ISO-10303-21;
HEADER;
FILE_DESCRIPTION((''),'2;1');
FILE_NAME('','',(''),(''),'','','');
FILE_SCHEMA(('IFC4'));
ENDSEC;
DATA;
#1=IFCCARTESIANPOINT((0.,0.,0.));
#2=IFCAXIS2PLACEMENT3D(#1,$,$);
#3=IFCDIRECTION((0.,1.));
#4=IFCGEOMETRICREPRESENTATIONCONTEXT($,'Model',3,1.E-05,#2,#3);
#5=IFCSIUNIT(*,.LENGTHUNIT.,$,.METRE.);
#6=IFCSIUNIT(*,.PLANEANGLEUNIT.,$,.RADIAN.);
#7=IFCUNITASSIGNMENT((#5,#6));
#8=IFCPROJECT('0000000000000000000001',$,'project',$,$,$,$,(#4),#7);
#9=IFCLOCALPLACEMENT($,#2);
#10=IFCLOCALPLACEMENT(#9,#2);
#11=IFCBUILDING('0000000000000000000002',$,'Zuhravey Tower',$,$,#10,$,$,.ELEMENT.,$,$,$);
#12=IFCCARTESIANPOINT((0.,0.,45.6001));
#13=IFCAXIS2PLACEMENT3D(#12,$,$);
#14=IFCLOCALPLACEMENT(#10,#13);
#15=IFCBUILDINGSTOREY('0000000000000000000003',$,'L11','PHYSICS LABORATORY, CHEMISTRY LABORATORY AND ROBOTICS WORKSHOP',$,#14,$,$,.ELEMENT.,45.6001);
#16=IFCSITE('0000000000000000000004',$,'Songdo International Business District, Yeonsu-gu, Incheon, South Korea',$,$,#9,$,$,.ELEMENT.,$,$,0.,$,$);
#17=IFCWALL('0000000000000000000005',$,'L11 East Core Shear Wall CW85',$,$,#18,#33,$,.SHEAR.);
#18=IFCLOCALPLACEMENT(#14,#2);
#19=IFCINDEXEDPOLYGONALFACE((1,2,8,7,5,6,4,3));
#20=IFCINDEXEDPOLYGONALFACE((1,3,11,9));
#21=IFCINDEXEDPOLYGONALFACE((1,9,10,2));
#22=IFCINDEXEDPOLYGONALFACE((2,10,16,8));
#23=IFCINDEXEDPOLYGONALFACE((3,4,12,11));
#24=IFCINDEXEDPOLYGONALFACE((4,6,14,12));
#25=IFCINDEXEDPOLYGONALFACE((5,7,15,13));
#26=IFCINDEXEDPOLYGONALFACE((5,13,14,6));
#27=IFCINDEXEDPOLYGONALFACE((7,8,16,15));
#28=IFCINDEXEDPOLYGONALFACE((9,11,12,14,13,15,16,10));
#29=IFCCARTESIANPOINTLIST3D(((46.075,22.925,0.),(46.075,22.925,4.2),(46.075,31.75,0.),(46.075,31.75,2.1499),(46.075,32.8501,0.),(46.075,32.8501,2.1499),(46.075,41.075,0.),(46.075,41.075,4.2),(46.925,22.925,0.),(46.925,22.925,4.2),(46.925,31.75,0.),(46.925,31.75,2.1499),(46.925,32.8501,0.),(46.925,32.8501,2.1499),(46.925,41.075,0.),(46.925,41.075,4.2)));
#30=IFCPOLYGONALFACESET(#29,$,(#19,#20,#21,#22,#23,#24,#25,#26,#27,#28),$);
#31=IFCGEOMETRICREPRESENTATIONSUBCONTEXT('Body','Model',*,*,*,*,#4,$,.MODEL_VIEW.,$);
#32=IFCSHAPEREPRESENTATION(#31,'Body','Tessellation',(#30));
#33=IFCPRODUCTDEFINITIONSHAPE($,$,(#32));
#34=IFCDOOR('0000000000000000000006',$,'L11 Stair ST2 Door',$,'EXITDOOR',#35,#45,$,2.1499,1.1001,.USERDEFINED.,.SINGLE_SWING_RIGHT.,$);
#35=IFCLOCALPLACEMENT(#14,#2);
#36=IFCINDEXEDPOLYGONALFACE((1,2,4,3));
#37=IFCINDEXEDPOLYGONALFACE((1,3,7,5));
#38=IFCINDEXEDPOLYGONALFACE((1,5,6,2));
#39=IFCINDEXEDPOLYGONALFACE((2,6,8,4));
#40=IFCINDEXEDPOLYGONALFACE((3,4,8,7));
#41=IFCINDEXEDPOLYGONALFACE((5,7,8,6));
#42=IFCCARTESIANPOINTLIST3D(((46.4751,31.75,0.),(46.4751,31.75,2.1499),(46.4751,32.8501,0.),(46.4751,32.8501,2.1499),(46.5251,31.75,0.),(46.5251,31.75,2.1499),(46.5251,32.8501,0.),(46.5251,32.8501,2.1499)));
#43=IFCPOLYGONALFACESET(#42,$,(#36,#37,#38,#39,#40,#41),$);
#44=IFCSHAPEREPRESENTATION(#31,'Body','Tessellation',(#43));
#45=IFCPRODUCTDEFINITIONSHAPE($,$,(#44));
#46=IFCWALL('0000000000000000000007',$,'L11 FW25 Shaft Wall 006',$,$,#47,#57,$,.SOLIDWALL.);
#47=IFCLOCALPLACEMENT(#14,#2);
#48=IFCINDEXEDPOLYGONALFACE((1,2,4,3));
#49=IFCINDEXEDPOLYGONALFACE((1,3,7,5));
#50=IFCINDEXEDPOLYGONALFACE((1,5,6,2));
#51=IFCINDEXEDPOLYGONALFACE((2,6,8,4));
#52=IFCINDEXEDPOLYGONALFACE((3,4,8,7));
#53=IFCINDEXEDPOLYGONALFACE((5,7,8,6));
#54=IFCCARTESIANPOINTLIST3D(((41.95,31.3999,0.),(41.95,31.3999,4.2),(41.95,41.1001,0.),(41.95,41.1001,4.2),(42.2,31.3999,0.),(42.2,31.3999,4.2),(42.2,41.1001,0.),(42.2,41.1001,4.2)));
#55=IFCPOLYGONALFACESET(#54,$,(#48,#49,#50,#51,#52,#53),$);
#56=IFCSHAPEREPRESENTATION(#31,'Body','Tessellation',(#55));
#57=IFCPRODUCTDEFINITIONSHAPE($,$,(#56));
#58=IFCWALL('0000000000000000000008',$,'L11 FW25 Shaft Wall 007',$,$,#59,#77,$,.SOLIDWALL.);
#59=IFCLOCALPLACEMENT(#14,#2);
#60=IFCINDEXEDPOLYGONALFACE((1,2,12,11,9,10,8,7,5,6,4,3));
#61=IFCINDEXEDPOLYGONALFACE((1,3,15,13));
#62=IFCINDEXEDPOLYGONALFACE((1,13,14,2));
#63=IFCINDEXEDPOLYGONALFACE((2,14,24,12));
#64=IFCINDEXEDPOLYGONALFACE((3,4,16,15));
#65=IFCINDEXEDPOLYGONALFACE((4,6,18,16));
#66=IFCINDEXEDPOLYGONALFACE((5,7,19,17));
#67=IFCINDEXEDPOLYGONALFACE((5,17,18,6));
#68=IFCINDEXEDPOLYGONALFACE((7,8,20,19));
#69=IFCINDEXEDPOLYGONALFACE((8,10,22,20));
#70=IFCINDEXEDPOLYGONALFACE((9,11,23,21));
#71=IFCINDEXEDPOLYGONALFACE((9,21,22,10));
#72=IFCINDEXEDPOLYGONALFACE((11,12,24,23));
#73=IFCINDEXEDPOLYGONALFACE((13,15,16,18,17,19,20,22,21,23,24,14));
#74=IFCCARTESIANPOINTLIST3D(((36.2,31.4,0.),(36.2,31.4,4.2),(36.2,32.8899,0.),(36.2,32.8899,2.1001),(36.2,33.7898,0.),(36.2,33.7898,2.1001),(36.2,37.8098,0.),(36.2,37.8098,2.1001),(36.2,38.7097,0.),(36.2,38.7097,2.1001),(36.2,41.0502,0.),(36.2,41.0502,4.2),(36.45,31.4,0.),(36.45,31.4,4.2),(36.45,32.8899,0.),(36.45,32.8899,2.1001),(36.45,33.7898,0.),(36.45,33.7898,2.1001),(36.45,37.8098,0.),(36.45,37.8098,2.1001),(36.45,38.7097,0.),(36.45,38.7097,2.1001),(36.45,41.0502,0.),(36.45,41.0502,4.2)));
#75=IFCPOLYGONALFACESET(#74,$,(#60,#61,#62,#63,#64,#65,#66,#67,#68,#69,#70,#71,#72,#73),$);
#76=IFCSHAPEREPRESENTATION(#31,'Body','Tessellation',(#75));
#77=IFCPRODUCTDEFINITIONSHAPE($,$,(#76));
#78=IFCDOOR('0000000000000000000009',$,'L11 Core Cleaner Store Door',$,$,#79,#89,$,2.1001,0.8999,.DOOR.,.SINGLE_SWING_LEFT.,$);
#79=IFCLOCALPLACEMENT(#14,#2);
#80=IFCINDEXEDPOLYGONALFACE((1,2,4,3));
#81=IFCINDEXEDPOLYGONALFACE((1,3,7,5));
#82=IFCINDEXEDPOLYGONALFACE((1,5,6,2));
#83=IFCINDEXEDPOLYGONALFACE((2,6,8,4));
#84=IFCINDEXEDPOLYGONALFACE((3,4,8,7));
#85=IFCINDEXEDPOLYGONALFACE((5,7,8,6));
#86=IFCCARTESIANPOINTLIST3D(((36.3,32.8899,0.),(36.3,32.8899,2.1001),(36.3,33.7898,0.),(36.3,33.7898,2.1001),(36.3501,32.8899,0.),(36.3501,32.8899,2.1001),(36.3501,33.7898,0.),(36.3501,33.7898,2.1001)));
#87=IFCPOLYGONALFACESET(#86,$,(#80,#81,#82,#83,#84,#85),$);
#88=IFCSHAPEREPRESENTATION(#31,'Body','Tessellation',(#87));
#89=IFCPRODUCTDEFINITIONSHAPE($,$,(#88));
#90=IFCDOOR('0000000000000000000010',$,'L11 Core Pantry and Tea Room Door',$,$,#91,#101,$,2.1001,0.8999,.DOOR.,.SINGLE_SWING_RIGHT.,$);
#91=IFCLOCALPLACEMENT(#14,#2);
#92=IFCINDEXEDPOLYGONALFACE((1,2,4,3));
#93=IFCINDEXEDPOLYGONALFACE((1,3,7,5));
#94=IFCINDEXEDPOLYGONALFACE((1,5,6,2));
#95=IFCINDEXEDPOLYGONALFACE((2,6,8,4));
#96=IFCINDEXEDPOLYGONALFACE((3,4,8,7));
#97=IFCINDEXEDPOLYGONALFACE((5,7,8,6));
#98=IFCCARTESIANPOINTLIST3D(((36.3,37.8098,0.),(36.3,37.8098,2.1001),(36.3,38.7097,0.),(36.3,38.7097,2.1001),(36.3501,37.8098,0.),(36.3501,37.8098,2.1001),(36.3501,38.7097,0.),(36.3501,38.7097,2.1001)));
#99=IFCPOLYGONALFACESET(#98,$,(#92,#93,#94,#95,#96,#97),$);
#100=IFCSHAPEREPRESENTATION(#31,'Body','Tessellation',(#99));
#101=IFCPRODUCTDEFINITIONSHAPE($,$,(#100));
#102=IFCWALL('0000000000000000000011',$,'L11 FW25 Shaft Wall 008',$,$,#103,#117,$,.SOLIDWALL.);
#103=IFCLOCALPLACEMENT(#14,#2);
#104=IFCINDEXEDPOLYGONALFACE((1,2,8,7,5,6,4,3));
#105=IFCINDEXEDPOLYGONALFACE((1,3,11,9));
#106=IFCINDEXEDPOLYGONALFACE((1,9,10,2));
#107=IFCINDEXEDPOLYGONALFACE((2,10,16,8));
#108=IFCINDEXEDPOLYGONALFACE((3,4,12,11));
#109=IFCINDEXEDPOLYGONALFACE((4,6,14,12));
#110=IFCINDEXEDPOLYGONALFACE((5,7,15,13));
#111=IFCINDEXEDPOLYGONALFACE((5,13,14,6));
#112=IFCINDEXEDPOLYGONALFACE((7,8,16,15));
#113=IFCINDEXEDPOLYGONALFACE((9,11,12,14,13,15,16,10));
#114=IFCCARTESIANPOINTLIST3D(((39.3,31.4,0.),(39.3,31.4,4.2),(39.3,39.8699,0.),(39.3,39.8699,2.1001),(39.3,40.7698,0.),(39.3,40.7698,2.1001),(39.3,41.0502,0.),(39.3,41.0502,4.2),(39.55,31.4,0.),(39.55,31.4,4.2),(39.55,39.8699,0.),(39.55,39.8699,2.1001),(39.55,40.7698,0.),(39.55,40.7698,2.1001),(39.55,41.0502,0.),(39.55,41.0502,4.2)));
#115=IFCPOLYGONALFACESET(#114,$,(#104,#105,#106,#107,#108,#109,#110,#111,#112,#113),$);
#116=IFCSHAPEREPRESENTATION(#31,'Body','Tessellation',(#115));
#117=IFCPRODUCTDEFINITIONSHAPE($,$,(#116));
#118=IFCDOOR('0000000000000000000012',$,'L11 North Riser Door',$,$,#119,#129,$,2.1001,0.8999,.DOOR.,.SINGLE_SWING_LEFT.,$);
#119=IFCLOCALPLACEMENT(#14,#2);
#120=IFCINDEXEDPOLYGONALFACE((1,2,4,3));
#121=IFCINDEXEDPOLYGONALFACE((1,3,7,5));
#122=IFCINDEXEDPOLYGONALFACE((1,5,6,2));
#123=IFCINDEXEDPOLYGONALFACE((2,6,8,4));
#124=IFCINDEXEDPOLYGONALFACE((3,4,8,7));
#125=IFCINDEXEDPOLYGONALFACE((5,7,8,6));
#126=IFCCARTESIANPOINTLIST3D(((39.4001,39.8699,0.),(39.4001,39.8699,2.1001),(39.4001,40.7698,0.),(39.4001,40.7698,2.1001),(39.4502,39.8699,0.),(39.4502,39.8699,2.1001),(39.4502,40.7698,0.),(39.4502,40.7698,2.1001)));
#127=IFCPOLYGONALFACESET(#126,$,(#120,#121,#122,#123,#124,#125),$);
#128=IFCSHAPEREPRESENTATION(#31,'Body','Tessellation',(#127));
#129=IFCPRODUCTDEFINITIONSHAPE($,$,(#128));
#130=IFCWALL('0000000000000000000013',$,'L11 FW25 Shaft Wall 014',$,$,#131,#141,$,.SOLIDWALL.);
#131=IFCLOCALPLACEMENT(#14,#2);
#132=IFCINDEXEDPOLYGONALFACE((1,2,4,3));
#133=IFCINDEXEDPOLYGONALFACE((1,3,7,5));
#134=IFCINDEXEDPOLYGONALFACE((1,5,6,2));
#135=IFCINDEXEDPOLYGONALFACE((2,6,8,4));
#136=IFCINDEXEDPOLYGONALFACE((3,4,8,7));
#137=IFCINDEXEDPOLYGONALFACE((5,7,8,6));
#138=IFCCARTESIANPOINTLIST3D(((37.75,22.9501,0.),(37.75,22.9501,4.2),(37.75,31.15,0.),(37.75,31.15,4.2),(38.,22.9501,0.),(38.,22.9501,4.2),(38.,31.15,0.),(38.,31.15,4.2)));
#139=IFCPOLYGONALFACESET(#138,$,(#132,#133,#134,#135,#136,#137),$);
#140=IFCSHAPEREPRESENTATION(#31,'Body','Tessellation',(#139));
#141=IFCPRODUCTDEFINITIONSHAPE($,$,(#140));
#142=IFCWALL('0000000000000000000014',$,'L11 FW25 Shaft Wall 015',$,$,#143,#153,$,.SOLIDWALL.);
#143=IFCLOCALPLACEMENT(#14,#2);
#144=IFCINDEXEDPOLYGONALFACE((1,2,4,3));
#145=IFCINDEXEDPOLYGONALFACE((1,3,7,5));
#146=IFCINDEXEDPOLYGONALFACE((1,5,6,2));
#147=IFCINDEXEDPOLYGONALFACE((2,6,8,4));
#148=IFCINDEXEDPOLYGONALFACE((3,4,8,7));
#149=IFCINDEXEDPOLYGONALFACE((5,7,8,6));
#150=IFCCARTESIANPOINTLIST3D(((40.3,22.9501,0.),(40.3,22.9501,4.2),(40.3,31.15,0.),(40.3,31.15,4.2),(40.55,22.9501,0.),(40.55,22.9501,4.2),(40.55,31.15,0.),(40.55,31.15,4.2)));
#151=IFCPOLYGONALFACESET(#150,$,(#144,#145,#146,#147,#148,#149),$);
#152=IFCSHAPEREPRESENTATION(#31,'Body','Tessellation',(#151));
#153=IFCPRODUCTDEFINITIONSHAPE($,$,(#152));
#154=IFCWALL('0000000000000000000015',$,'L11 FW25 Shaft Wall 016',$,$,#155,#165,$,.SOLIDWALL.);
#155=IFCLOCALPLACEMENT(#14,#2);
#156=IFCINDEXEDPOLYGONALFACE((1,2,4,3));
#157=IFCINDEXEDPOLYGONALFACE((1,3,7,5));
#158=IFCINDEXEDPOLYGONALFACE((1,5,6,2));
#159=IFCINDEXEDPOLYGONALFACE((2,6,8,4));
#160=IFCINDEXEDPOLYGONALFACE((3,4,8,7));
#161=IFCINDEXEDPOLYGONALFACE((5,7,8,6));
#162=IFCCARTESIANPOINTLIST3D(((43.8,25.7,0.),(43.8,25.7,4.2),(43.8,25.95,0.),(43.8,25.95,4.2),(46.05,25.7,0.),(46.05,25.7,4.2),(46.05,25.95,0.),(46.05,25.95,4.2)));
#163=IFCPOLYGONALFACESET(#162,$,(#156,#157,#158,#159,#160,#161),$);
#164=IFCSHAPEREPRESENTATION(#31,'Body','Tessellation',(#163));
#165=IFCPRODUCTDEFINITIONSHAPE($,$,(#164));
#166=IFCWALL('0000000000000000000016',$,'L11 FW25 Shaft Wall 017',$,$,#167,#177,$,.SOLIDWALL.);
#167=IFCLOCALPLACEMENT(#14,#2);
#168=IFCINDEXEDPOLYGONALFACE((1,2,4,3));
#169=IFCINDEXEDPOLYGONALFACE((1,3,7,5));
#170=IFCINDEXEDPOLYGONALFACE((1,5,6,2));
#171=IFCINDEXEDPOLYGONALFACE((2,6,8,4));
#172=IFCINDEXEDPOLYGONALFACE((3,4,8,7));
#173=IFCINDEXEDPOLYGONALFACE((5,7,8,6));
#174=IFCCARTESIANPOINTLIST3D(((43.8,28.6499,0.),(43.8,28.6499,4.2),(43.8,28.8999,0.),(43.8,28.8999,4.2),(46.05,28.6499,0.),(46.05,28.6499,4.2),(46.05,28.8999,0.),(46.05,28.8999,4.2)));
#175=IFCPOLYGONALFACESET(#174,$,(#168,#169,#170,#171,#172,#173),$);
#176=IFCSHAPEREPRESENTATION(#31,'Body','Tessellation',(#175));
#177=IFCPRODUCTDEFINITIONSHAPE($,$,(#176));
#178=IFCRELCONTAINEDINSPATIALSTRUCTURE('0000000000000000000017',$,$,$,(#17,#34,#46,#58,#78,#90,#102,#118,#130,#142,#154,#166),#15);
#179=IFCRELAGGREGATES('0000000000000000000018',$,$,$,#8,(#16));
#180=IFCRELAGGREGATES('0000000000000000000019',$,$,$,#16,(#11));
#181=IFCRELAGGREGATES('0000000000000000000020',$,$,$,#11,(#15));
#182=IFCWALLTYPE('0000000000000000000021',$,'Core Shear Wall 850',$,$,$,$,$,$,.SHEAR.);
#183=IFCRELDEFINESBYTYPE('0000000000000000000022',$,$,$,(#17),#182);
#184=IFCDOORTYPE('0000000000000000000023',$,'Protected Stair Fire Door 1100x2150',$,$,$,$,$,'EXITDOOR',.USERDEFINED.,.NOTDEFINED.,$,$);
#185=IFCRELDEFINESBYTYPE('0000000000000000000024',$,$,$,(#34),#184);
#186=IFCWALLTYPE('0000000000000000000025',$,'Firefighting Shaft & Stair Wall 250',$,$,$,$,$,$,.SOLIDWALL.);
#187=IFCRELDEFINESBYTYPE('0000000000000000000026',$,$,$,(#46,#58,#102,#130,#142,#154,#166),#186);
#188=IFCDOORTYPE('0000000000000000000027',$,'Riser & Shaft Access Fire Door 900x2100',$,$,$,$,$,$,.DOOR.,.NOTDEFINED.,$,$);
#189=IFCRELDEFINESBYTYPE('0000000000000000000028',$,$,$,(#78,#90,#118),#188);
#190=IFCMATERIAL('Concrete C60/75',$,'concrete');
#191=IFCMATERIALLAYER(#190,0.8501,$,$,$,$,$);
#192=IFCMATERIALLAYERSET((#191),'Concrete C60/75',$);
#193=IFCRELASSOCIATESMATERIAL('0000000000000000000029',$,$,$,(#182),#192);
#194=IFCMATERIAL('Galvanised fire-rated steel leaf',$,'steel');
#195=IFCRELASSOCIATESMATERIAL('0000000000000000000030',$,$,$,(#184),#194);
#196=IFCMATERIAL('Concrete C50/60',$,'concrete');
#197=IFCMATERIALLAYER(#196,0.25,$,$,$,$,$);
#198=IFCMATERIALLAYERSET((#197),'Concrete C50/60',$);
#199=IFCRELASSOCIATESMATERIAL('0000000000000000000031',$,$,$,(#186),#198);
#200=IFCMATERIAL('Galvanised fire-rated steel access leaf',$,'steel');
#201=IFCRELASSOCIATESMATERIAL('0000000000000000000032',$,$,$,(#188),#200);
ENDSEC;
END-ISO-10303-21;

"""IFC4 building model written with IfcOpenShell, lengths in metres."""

from ifc_helpers import new_model, si_unit, direction, frame, frame_2d, origin, place, context, subcontext, project, spatial, rectangle, extrude, material, layer, layer_set, type_object, element, fill, save


model = new_model("IFC4")

# Units and contexts
model_context = context("Model", 3, precision=1e-05, world=origin(), true_north=direction((0.0, 1.0)))
body_context = subcontext(model_context, "Body", "Model", "MODEL_VIEW")
ifc_project = project(units=[si_unit("LENGTHUNIT", "METRE"), si_unit("PLANEANGLEUNIT", "RADIAN")], contexts=[model_context])

# Site, building, storey
site_placement = place(None, origin())
site = spatial("IfcSite", under=ifc_project, at=site_placement, Name="Songdo International Business District, Yeonsu-gu, Incheon, South Korea", CompositionType="ELEMENT", RefElevation=0.0)
building_placement = place(site_placement, origin())
building = spatial("IfcBuilding", under=site, at=building_placement, Name="Zuhravey Tower", CompositionType="ELEMENT")
storey_placement = place(building_placement, frame((0.0, 0.0, 45.6001)))
storey = spatial("IfcBuildingStorey", under=building, at=storey_placement, Name="L11", Description="PHYSICS LABORATORY, CHEMISTRY LABORATORY AND ROBOTICS WORKSHOP", CompositionType="ELEMENT", Elevation=45.6001)

# Wall, opening, door
ifc_material_1 = material(Name="Concrete C60/75", Category="concrete")
ifc_layer_1 = layer(ifc_material_1, 0.8501)
ifc_layer_set_1 = layer_set([ifc_layer_1], Name="Concrete C60/75")
wall_type_1 = type_object("IfcWallType", Name="Core Shear Wall 850", PredefinedType="SHEAR", material=ifc_layer_set_1)
wall_1_placement = place(storey_placement, frame((46.5, 22.925, 0.0), z_axis=(0.0, 0.0, 1.0), x_axis=(0.0, 1.0, 0.0)))
wall_1 = element("IfcWall", 1, at=wall_1_placement, inside=storey, type_object=wall_type_1, Name="L11 East Core Shear Wall CW85", PredefinedType="SHEAR", context=body_context, shape_type="SweptSolid", body=[
    extrude(rectangle(XDim=18.1499, YDim=0.8501, at=frame_2d((9.075, 0.0))), origin(), (0.0, 0.0, 1.0), 4.2),
])
opening_1_placement = place(wall_1_placement, frame((8.825, 0.0, 0.0)))
opening_1 = element("IfcOpeningElement", 2, at=opening_1_placement, cuts=wall_1, PredefinedType="OPENING", context=body_context, shape_type="SweptSolid", body=[
    extrude(rectangle(XDim=1.1001, YDim=2.1499, at=frame_2d((0.55, 1.075))), frame((0.0, 0.437, 0.0), z_axis=(0.0, -1.0, 0.0), x_axis=(1.0, 0.0, 0.0)), (0.0, 0.0, 1.0), 0.874),
])
ifc_material_2 = material(Name="Galvanised fire-rated steel leaf", Category="steel")
door_type_1 = type_object("IfcDoorType", Name="Protected Stair Fire Door 1100x2150", ElementType="EXITDOOR", OperationType="NOTDEFINED", PredefinedType="USERDEFINED", material=ifc_material_2)
door_1_placement = place(opening_1_placement, origin())
door_1 = element("IfcDoor", 3, at=door_1_placement, inside=storey, type_object=door_type_1, Name="L11 Stair ST2 Door", ObjectType="EXITDOOR", OperationType="SINGLE_SWING_RIGHT", OverallHeight=2.1499, OverallWidth=1.1001, PredefinedType="USERDEFINED", context=body_context, shape_type="SweptSolid", body=[
    extrude(rectangle(XDim=1.1001, YDim=2.1499, at=frame_2d((0.55, 1.075))), frame((0.0, 0.0249, 0.0), z_axis=(0.0, -1.0, 0.0), x_axis=(1.0, 0.0, 0.0)), (0.0, 0.0, 1.0), 0.05),
])
fill(opening_1, door_1)

# Wall
ifc_material_3 = material(Name="Concrete C50/60", Category="concrete")
ifc_layer_2 = layer(ifc_material_3, 0.25)
ifc_layer_set_2 = layer_set([ifc_layer_2], Name="Concrete C50/60")
wall_type_2 = type_object("IfcWallType", Name="Firefighting Shaft & Stair Wall 250", PredefinedType="SOLIDWALL", material=ifc_layer_set_2)
wall_2_placement = place(storey_placement, frame((42.075, 31.3999, 0.0), z_axis=(0.0, 0.0, 1.0), x_axis=(0.0, 1.0, 0.0)))
element("IfcWall", 4, at=wall_2_placement, inside=storey, type_object=wall_type_2, Name="L11 FW25 Shaft Wall 006", PredefinedType="SOLIDWALL", context=body_context, shape_type="SweptSolid", body=[
    extrude(rectangle(XDim=9.7002, YDim=0.25, at=frame_2d((4.8501, 0.0))), origin(), (0.0, 0.0, 1.0), 4.2),
])

# Wall, openings, doors
wall_3_placement = place(storey_placement, frame((36.325, 31.3999, 0.0), z_axis=(0.0, 0.0, 1.0), x_axis=(0.0, 1.0, 0.0)))
wall_3 = element("IfcWall", 5, at=wall_3_placement, inside=storey, type_object=wall_type_2, Name="L11 FW25 Shaft Wall 007", PredefinedType="SOLIDWALL", context=body_context, shape_type="SweptSolid", body=[
    extrude(rectangle(XDim=9.6501, YDim=0.25, at=frame_2d((4.8252, 0.0))), origin(), (0.0, 0.0, 1.0), 4.2),
])
opening_2_placement = place(wall_3_placement, frame((1.49, 0.0, 0.0)))
opening_2 = element("IfcOpeningElement", 6, at=opening_2_placement, cuts=wall_3, PredefinedType="OPENING", context=body_context, shape_type="SweptSolid", body=[
    extrude(rectangle(XDim=0.8999, YDim=2.1001, at=frame_2d((0.45, 1.05))), frame((0.0, 0.137, 0.0), z_axis=(0.0, -1.0, 0.0), x_axis=(1.0, 0.0, 0.0)), (0.0, 0.0, 1.0), 0.2739),
])
opening_3_placement = place(wall_3_placement, frame((6.4099, 0.0, 0.0)))
opening_3 = element("IfcOpeningElement", 7, at=opening_3_placement, cuts=wall_3, PredefinedType="OPENING", context=body_context, shape_type="SweptSolid", body=[
    extrude(rectangle(XDim=0.8999, YDim=2.1001, at=frame_2d((0.45, 1.05))), frame((0.0, 0.137, 0.0), z_axis=(0.0, -1.0, 0.0), x_axis=(1.0, 0.0, 0.0)), (0.0, 0.0, 1.0), 0.2739),
])
ifc_material_4 = material(Name="Galvanised fire-rated steel access leaf", Category="steel")
door_type_2 = type_object("IfcDoorType", Name="Riser & Shaft Access Fire Door 900x2100", OperationType="NOTDEFINED", PredefinedType="DOOR", material=ifc_material_4)
door_2_placement = place(opening_2_placement, origin())
door_2 = element("IfcDoor", 8, at=door_2_placement, inside=storey, type_object=door_type_2, Name="L11 Core Cleaner Store Door", OperationType="SINGLE_SWING_LEFT", OverallHeight=2.1001, OverallWidth=0.8999, PredefinedType="DOOR", context=body_context, shape_type="SweptSolid", body=[
    extrude(rectangle(XDim=0.8999, YDim=2.1001, at=frame_2d((0.45, 1.05))), frame((0.0, 0.0249, 0.0), z_axis=(0.0, -1.0, 0.0), x_axis=(1.0, 0.0, 0.0)), (0.0, 0.0, 1.0), 0.05),
])
fill(opening_2, door_2)
door_3_placement = place(opening_3_placement, origin())
door_3 = element("IfcDoor", 9, at=door_3_placement, inside=storey, type_object=door_type_2, Name="L11 Core Pantry and Tea Room Door", OperationType="SINGLE_SWING_RIGHT", OverallHeight=2.1001, OverallWidth=0.8999, PredefinedType="DOOR", context=body_context, shape_type="SweptSolid", body=[
    extrude(rectangle(XDim=0.8999, YDim=2.1001, at=frame_2d((0.45, 1.05))), frame((0.0, 0.0249, 0.0), z_axis=(0.0, -1.0, 0.0), x_axis=(1.0, 0.0, 0.0)), (0.0, 0.0, 1.0), 0.05),
])
fill(opening_3, door_3)

# Wall, opening, door
wall_4_placement = place(storey_placement, frame((39.425, 31.3999, 0.0), z_axis=(0.0, 0.0, 1.0), x_axis=(0.0, 1.0, 0.0)))
wall_4 = element("IfcWall", 10, at=wall_4_placement, inside=storey, type_object=wall_type_2, Name="L11 FW25 Shaft Wall 008", PredefinedType="SOLIDWALL", context=body_context, shape_type="SweptSolid", body=[
    extrude(rectangle(XDim=9.6501, YDim=0.25, at=frame_2d((4.8252, 0.0))), origin(), (0.0, 0.0, 1.0), 4.2),
])
opening_4_placement = place(wall_4_placement, frame((8.47, 0.0, 0.0)))
opening_4 = element("IfcOpeningElement", 11, at=opening_4_placement, cuts=wall_4, PredefinedType="OPENING", context=body_context, shape_type="SweptSolid", body=[
    extrude(rectangle(XDim=0.8999, YDim=2.1001, at=frame_2d((0.45, 1.05))), frame((0.0, 0.137, 0.0), z_axis=(0.0, -1.0, 0.0), x_axis=(1.0, 0.0, 0.0)), (0.0, 0.0, 1.0), 0.2739),
])
door_4_placement = place(opening_4_placement, origin())
door_4 = element("IfcDoor", 12, at=door_4_placement, inside=storey, type_object=door_type_2, Name="L11 North Riser Door", OperationType="SINGLE_SWING_LEFT", OverallHeight=2.1001, OverallWidth=0.8999, PredefinedType="DOOR", context=body_context, shape_type="SweptSolid", body=[
    extrude(rectangle(XDim=0.8999, YDim=2.1001, at=frame_2d((0.45, 1.05))), frame((0.0, 0.0249, 0.0), z_axis=(0.0, -1.0, 0.0), x_axis=(1.0, 0.0, 0.0)), (0.0, 0.0, 1.0), 0.05),
])
fill(opening_4, door_4)

# Walls
for number, where, z_axis, x_axis, name in (
    (13, (37.875, 22.95, 0.0), (0.0, 0.0, 1.0), (0.0, 1.0, 0.0), "L11 FW25 Shaft Wall 014"),
    (14, (40.425, 22.95, 0.0), (0.0, 0.0, 1.0), (0.0, 1.0, 0.0), "L11 FW25 Shaft Wall 015"),
):
    element("IfcWall", number, at=place(storey_placement, frame(where, z_axis=z_axis, x_axis=x_axis)), inside=storey, type_object=wall_type_2, Name=name, PredefinedType="SOLIDWALL", context=body_context, shape_type="SweptSolid", body=[
        extrude(rectangle(XDim=8.2, YDim=0.25, at=frame_2d((4.1001, 0.0))), origin(), (0.0, 0.0, 1.0), 4.2),
    ])
for number, where, z_axis, x_axis, name in (
    (15, (43.8, 25.825, 0.0), (0.0, 0.0, 1.0), (1.0, 0.0, 0.0), "L11 FW25 Shaft Wall 016"),
    (16, (43.8, 28.7749, 0.0), (0.0, 0.0, 1.0), (1.0, 0.0, 0.0), "L11 FW25 Shaft Wall 017"),
):
    element("IfcWall", number, at=place(storey_placement, frame(where, z_axis=z_axis, x_axis=x_axis)), inside=storey, type_object=wall_type_2, Name=name, PredefinedType="SOLIDWALL", context=body_context, shape_type="SweptSolid", body=[
        extrude(rectangle(XDim=2.25, YDim=0.25, at=frame_2d((1.125, 0.0))), origin(), (0.0, 0.0, 1.0), 4.2),
    ])

save(model, "model.ifc")
